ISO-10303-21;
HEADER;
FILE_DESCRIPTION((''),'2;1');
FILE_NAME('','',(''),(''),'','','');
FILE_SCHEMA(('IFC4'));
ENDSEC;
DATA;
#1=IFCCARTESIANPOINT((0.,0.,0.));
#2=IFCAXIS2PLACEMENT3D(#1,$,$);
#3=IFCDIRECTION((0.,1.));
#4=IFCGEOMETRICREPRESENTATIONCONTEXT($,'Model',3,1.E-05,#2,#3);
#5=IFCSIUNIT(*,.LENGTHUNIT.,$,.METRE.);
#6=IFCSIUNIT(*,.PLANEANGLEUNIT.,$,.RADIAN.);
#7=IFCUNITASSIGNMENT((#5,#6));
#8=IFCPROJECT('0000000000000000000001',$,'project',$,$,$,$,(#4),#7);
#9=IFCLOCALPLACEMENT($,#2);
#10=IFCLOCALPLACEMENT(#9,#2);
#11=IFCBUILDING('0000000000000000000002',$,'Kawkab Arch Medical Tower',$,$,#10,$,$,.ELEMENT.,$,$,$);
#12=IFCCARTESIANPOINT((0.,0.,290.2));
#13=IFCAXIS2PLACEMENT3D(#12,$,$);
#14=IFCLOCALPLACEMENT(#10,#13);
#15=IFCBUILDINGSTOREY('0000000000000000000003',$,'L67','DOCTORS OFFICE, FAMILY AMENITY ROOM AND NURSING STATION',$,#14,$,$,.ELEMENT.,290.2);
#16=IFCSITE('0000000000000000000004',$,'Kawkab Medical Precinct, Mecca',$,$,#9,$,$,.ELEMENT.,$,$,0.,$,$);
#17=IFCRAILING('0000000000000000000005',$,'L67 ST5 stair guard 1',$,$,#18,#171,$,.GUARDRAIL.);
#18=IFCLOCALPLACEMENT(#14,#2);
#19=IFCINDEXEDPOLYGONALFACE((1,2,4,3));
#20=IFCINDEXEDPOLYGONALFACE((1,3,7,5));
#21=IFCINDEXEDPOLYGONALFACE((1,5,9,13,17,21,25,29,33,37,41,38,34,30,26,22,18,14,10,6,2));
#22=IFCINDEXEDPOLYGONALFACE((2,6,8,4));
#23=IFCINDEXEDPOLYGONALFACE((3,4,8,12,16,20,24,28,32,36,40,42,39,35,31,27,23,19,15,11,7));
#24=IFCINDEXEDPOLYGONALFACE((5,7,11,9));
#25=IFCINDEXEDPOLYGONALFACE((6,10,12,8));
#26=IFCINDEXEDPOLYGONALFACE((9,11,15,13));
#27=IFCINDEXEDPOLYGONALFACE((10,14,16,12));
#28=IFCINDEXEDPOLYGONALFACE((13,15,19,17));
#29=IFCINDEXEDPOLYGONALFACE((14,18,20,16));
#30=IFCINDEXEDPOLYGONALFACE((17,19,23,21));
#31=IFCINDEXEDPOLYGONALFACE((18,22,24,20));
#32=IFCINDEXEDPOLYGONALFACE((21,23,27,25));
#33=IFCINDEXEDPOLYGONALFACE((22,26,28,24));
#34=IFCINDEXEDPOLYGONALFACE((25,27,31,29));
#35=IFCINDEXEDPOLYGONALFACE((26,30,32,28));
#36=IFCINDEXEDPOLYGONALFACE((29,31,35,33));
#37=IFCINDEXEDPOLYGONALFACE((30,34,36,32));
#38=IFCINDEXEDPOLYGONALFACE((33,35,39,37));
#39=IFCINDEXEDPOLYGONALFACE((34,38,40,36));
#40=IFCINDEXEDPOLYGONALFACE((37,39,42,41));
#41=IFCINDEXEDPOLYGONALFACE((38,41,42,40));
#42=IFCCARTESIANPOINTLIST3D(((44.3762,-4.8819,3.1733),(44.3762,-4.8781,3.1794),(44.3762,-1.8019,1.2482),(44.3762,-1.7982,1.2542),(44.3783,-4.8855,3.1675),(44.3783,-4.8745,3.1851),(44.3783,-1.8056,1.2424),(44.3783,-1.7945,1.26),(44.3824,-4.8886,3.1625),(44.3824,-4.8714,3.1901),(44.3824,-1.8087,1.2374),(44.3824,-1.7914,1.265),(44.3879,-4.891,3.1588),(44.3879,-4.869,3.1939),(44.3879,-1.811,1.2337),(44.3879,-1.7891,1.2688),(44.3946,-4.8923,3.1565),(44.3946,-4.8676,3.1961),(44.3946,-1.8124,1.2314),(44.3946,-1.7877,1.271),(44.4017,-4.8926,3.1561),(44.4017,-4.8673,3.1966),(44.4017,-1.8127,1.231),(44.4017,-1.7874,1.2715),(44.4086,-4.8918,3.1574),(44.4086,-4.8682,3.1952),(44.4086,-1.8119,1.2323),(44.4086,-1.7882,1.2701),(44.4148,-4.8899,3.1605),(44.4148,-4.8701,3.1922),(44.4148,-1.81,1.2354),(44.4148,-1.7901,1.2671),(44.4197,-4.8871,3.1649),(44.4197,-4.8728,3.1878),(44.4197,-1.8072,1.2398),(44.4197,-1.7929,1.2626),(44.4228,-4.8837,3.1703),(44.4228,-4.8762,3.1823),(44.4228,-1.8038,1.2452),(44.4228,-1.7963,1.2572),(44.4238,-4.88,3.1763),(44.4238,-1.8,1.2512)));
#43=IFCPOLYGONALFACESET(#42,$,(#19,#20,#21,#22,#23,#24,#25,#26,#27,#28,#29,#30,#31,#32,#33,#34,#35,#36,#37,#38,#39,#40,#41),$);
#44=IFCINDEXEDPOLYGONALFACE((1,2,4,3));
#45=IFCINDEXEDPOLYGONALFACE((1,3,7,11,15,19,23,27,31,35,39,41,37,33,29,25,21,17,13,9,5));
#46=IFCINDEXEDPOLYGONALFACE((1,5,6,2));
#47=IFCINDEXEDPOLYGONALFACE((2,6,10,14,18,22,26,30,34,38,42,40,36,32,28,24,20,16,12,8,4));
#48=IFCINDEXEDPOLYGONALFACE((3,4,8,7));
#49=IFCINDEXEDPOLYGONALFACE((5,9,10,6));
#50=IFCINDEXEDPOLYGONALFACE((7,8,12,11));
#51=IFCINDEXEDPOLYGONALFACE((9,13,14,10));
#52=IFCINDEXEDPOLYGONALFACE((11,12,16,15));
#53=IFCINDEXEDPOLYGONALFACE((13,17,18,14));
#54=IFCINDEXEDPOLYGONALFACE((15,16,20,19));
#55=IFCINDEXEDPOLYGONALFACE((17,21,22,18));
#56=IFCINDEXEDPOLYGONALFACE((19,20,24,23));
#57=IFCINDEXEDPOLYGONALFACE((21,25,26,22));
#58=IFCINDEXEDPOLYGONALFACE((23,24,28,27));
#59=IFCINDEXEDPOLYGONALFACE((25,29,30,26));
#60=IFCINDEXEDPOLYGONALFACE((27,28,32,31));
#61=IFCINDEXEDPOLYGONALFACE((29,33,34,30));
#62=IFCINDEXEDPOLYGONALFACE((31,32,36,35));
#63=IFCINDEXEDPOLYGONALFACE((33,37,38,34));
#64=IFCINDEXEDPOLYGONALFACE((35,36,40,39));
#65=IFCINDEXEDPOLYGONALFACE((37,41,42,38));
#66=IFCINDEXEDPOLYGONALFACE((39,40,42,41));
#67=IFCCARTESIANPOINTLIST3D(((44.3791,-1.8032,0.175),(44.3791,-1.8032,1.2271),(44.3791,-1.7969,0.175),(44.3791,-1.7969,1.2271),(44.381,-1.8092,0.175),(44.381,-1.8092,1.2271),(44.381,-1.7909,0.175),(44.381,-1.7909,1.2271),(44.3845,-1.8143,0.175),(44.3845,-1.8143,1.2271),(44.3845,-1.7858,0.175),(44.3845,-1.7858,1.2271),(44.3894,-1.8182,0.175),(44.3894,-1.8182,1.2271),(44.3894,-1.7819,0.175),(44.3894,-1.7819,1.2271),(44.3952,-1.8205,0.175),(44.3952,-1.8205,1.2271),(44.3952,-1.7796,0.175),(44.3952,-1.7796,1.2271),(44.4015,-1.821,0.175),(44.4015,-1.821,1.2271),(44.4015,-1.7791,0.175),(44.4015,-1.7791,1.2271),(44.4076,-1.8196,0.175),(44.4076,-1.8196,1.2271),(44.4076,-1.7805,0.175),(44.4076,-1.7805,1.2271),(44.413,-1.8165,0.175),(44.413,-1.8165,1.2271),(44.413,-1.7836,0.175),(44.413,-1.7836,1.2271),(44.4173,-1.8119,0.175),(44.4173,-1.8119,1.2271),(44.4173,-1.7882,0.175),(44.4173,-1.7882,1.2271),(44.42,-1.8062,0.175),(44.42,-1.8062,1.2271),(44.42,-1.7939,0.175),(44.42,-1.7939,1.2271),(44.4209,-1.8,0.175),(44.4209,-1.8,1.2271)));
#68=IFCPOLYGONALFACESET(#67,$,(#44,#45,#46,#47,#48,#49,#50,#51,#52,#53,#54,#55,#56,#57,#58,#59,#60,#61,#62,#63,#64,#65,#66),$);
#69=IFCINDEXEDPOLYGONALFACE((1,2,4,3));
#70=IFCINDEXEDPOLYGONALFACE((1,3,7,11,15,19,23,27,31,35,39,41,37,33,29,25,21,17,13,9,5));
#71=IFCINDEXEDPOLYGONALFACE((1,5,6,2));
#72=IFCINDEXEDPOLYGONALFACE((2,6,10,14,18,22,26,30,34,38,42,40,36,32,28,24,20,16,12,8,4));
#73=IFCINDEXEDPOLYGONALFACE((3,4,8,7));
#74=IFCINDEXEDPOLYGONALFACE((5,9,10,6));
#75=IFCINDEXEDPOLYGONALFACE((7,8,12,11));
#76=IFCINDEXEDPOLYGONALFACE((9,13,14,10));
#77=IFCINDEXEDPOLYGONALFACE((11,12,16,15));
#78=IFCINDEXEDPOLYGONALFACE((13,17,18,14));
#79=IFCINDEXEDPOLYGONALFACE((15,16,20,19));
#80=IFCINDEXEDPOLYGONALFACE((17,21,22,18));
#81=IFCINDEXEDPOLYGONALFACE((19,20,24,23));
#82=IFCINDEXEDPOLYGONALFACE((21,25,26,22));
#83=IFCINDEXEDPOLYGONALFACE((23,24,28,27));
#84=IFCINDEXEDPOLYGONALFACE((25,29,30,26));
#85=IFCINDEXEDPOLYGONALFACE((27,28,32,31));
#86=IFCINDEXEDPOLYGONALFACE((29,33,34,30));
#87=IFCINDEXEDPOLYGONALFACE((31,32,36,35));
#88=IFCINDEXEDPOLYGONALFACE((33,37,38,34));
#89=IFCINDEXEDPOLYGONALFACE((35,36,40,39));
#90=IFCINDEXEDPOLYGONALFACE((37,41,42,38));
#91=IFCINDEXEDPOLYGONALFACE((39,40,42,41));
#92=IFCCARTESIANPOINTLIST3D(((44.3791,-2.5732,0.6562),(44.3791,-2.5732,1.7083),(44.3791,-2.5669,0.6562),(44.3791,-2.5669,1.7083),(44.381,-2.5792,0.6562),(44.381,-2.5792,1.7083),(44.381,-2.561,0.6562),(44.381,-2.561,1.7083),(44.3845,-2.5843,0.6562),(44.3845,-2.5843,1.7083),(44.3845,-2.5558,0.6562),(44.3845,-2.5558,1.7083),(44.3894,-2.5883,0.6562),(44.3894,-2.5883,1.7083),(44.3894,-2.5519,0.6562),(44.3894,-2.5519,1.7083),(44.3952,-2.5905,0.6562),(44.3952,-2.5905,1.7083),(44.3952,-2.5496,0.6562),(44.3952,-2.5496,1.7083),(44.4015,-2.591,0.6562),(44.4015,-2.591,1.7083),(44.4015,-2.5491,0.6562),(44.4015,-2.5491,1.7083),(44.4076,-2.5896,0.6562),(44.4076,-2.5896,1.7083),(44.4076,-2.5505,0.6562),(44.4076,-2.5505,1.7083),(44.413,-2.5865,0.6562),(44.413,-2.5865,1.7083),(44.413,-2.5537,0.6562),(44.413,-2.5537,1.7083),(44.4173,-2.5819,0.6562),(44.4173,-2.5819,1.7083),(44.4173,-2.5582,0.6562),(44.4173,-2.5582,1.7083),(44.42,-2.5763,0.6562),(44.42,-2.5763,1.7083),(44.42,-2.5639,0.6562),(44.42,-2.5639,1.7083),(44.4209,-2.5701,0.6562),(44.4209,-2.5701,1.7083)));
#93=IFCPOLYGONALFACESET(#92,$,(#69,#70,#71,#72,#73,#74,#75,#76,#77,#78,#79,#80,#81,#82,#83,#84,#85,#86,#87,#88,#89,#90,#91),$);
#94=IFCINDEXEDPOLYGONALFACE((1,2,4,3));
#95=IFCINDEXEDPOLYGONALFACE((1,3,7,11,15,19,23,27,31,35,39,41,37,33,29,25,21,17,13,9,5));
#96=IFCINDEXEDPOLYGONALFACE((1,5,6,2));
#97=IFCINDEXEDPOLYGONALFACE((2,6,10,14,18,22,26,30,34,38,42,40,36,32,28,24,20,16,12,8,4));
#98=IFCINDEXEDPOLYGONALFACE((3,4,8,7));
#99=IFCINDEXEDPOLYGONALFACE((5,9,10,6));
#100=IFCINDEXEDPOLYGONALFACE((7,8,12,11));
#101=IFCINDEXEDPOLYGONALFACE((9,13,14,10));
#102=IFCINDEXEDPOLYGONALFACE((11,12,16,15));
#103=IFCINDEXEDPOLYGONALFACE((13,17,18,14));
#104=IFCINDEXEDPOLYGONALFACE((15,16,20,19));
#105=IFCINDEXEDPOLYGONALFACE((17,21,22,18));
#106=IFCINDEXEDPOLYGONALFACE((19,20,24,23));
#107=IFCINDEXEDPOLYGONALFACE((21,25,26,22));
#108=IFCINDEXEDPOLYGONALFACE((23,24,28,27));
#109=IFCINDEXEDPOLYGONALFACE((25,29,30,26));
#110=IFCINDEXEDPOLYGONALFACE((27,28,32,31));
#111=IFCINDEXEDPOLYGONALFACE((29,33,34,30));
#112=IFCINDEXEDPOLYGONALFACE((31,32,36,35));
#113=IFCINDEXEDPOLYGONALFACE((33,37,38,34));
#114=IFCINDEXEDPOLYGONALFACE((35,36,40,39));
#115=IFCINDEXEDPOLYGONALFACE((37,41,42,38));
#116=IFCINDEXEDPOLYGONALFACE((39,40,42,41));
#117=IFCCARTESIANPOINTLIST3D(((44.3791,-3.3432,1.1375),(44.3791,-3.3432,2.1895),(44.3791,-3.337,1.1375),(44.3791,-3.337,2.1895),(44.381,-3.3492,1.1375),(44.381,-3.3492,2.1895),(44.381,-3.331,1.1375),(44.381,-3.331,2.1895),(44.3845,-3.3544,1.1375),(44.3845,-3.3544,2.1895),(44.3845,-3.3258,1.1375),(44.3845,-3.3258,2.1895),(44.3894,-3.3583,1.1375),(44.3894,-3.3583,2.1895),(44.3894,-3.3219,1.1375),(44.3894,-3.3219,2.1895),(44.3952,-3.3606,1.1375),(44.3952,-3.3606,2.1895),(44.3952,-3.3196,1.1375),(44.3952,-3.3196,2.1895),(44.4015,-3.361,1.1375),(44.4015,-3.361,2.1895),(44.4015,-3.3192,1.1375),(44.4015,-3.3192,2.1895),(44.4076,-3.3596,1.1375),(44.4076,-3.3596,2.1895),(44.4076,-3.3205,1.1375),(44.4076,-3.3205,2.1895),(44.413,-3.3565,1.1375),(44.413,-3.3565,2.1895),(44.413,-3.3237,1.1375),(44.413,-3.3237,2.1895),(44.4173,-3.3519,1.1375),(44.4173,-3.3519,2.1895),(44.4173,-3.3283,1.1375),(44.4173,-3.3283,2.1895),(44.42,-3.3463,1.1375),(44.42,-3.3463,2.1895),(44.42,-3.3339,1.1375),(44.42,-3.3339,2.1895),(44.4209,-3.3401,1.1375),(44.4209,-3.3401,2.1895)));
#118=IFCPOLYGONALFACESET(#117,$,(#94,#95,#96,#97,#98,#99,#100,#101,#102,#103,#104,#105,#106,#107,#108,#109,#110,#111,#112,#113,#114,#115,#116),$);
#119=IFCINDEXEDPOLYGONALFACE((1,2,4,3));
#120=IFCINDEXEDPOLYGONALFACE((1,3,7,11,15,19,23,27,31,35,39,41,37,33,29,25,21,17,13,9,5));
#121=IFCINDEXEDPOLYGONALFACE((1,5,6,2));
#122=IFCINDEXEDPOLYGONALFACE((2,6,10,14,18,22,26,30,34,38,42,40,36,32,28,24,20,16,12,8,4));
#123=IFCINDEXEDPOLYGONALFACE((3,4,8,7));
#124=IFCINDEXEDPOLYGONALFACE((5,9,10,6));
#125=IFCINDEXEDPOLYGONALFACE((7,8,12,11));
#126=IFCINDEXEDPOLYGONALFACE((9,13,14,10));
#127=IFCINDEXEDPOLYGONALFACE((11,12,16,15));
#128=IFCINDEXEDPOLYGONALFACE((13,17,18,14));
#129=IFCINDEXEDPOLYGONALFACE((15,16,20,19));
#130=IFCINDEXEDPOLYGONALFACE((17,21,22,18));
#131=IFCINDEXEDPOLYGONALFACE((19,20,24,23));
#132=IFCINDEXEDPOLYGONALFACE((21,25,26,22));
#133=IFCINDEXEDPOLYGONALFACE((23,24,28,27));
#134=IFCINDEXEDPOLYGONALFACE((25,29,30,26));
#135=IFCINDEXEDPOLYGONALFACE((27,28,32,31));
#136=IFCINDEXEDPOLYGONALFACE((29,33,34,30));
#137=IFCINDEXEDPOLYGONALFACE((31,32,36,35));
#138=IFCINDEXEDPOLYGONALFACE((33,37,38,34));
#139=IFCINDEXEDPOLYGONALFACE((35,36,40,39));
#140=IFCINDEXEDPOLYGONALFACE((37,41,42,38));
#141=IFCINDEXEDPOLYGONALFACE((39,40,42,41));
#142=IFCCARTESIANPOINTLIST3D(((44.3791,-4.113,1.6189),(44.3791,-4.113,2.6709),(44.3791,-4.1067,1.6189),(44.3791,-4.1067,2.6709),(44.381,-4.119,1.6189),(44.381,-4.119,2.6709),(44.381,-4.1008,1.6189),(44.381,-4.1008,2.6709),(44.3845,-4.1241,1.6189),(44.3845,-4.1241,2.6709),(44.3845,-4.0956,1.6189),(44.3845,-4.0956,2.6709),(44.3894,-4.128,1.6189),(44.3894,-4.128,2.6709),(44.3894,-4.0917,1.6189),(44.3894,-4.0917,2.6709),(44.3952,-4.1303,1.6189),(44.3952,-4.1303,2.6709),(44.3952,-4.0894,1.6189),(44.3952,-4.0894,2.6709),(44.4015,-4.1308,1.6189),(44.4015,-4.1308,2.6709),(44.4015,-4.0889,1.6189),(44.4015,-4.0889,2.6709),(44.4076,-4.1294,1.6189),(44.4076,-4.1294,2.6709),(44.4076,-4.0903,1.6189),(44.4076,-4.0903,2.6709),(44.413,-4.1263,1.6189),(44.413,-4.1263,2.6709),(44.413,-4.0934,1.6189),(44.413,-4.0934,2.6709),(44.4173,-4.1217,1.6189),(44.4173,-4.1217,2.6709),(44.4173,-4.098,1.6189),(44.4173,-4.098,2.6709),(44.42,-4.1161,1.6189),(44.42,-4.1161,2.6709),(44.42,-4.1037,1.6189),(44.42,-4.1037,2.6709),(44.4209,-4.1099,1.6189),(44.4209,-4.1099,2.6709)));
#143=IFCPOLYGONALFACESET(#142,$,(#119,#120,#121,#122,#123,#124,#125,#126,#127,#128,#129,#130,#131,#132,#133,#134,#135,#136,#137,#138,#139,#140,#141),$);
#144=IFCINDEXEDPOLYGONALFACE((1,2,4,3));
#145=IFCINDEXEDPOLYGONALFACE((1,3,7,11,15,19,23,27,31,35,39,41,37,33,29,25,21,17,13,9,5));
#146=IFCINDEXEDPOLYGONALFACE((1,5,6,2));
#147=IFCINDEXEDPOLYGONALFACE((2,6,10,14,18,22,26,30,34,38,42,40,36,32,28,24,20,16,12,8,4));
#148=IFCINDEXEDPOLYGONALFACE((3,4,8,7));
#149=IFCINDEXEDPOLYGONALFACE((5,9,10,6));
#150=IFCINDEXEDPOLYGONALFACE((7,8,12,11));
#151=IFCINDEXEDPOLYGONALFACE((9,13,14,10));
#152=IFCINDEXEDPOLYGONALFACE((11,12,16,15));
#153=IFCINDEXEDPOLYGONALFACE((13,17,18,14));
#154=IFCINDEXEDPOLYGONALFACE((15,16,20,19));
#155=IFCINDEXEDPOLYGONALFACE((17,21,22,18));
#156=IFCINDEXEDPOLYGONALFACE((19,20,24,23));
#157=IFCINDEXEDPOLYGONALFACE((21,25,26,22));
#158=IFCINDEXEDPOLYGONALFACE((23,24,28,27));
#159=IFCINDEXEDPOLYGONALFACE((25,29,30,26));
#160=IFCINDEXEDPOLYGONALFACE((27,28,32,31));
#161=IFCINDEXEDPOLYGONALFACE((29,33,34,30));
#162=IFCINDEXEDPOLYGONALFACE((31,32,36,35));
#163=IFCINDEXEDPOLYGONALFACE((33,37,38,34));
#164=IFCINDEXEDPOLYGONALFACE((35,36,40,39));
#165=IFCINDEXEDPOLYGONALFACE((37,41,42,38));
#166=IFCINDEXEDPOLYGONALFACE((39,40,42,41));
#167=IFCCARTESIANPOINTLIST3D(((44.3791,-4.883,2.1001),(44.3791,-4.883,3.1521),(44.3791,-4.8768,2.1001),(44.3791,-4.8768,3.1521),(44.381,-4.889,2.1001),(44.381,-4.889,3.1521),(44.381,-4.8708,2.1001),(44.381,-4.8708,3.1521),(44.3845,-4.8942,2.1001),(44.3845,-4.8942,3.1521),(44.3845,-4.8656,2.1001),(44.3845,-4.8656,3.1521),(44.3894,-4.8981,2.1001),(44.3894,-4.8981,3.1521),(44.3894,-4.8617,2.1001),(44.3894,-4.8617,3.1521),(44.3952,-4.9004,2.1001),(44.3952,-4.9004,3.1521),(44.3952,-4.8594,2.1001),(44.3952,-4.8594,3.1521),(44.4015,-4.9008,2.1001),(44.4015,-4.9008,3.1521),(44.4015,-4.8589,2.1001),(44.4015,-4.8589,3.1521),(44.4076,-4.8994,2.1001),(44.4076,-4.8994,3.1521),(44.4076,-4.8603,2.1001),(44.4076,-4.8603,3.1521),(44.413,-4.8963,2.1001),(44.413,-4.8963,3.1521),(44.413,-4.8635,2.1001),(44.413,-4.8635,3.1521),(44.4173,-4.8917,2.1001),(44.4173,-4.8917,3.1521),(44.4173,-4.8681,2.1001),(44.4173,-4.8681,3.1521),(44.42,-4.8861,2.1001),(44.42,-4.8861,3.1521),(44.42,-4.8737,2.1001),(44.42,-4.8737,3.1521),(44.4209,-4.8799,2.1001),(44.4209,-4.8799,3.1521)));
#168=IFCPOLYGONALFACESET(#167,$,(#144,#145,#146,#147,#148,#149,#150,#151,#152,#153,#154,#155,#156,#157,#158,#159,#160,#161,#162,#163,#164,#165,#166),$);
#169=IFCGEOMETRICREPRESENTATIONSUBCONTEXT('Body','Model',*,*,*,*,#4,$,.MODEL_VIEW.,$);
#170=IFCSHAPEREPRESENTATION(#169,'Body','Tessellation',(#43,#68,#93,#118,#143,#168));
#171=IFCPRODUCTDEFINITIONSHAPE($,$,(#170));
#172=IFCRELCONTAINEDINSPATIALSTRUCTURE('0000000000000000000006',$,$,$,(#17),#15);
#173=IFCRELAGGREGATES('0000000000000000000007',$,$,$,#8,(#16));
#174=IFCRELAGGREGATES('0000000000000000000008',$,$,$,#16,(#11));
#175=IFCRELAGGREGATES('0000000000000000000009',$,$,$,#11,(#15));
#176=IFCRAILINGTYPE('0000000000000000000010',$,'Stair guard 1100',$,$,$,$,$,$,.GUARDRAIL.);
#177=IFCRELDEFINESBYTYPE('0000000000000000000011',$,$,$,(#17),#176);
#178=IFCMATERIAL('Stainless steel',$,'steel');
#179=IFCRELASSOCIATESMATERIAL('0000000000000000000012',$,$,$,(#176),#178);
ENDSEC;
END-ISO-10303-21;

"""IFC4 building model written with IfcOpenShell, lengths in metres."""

from ifc_helpers import new_model, si_unit, direction, frame, origin, origin_2d, place, context, subcontext, project, spatial, circle, extrude, material, type_object, element, save


model = new_model("IFC4")

# Units and contexts
model_context = context("Model", 3, precision=1e-05, world=origin(), true_north=direction((0.0, 1.0)))
body_context = subcontext(model_context, "Body", "Model", "MODEL_VIEW")
ifc_project = project(units=[si_unit("LENGTHUNIT", "METRE"), si_unit("PLANEANGLEUNIT", "RADIAN")], contexts=[model_context])

# Site, building, storey
site_placement = place(None, origin())
site = spatial("IfcSite", under=ifc_project, at=site_placement, Name="Kawkab Medical Precinct, Mecca", CompositionType="ELEMENT", RefElevation=0.0)
building_placement = place(site_placement, origin())
building = spatial("IfcBuilding", under=site, at=building_placement, Name="Kawkab Arch Medical Tower", CompositionType="ELEMENT")
storey_placement = place(building_placement, frame((0.0, 0.0, 290.2)))
storey = spatial("IfcBuildingStorey", under=building, at=storey_placement, Name="L67", Description="DOCTORS OFFICE, FAMILY AMENITY ROOM AND NURSING STATION", CompositionType="ELEMENT", Elevation=290.2)

# Railing
ifc_material_1 = material(Name="Stainless steel", Category="steel")
railing_type_1 = type_object("IfcRailingType", Name="Stair guard 1100", PredefinedType="GUARDRAIL", material=ifc_material_1)
railing_1_placement = place(storey_placement, frame((44.3999, -1.8, 0.175)))
element("IfcRailing", 1, at=railing_1_placement, inside=storey, type_object=railing_type_1, Name="L67 ST5 stair guard 1", PredefinedType="GUARDRAIL", context=body_context, shape_type="SweptSolid", body=[
    extrude(circle(Radius=0.0239, at=origin_2d()), frame((0.0, 0.0, 1.0762), z_axis=(0.0, -0.847979, 0.530029), x_axis=(1.0, 0.0, 0.0)), (0.0, 0.0, 1.0), 3.6321),
    extrude(circle(Radius=0.021, at=origin_2d()), origin(), (0.0, 0.0, 1.0), 1.052),
    extrude(circle(Radius=0.021, at=origin_2d()), frame((0.0, -0.77, 0.4812)), (0.0, 0.0, 1.0), 1.052),
    extrude(circle(Radius=0.021, at=origin_2d()), frame((0.0, -1.54, 0.9624)), (0.0, 0.0, 1.0), 1.052),
    extrude(circle(Radius=0.021, at=origin_2d()), frame((0.0, -2.3098, 1.4438)), (0.0, 0.0, 1.0), 1.052),
    extrude(circle(Radius=0.021, at=origin_2d()), frame((0.0, -3.0798, 1.925)), (0.0, 0.0, 1.0), 1.052),
])

save(model, "model.ifc")
